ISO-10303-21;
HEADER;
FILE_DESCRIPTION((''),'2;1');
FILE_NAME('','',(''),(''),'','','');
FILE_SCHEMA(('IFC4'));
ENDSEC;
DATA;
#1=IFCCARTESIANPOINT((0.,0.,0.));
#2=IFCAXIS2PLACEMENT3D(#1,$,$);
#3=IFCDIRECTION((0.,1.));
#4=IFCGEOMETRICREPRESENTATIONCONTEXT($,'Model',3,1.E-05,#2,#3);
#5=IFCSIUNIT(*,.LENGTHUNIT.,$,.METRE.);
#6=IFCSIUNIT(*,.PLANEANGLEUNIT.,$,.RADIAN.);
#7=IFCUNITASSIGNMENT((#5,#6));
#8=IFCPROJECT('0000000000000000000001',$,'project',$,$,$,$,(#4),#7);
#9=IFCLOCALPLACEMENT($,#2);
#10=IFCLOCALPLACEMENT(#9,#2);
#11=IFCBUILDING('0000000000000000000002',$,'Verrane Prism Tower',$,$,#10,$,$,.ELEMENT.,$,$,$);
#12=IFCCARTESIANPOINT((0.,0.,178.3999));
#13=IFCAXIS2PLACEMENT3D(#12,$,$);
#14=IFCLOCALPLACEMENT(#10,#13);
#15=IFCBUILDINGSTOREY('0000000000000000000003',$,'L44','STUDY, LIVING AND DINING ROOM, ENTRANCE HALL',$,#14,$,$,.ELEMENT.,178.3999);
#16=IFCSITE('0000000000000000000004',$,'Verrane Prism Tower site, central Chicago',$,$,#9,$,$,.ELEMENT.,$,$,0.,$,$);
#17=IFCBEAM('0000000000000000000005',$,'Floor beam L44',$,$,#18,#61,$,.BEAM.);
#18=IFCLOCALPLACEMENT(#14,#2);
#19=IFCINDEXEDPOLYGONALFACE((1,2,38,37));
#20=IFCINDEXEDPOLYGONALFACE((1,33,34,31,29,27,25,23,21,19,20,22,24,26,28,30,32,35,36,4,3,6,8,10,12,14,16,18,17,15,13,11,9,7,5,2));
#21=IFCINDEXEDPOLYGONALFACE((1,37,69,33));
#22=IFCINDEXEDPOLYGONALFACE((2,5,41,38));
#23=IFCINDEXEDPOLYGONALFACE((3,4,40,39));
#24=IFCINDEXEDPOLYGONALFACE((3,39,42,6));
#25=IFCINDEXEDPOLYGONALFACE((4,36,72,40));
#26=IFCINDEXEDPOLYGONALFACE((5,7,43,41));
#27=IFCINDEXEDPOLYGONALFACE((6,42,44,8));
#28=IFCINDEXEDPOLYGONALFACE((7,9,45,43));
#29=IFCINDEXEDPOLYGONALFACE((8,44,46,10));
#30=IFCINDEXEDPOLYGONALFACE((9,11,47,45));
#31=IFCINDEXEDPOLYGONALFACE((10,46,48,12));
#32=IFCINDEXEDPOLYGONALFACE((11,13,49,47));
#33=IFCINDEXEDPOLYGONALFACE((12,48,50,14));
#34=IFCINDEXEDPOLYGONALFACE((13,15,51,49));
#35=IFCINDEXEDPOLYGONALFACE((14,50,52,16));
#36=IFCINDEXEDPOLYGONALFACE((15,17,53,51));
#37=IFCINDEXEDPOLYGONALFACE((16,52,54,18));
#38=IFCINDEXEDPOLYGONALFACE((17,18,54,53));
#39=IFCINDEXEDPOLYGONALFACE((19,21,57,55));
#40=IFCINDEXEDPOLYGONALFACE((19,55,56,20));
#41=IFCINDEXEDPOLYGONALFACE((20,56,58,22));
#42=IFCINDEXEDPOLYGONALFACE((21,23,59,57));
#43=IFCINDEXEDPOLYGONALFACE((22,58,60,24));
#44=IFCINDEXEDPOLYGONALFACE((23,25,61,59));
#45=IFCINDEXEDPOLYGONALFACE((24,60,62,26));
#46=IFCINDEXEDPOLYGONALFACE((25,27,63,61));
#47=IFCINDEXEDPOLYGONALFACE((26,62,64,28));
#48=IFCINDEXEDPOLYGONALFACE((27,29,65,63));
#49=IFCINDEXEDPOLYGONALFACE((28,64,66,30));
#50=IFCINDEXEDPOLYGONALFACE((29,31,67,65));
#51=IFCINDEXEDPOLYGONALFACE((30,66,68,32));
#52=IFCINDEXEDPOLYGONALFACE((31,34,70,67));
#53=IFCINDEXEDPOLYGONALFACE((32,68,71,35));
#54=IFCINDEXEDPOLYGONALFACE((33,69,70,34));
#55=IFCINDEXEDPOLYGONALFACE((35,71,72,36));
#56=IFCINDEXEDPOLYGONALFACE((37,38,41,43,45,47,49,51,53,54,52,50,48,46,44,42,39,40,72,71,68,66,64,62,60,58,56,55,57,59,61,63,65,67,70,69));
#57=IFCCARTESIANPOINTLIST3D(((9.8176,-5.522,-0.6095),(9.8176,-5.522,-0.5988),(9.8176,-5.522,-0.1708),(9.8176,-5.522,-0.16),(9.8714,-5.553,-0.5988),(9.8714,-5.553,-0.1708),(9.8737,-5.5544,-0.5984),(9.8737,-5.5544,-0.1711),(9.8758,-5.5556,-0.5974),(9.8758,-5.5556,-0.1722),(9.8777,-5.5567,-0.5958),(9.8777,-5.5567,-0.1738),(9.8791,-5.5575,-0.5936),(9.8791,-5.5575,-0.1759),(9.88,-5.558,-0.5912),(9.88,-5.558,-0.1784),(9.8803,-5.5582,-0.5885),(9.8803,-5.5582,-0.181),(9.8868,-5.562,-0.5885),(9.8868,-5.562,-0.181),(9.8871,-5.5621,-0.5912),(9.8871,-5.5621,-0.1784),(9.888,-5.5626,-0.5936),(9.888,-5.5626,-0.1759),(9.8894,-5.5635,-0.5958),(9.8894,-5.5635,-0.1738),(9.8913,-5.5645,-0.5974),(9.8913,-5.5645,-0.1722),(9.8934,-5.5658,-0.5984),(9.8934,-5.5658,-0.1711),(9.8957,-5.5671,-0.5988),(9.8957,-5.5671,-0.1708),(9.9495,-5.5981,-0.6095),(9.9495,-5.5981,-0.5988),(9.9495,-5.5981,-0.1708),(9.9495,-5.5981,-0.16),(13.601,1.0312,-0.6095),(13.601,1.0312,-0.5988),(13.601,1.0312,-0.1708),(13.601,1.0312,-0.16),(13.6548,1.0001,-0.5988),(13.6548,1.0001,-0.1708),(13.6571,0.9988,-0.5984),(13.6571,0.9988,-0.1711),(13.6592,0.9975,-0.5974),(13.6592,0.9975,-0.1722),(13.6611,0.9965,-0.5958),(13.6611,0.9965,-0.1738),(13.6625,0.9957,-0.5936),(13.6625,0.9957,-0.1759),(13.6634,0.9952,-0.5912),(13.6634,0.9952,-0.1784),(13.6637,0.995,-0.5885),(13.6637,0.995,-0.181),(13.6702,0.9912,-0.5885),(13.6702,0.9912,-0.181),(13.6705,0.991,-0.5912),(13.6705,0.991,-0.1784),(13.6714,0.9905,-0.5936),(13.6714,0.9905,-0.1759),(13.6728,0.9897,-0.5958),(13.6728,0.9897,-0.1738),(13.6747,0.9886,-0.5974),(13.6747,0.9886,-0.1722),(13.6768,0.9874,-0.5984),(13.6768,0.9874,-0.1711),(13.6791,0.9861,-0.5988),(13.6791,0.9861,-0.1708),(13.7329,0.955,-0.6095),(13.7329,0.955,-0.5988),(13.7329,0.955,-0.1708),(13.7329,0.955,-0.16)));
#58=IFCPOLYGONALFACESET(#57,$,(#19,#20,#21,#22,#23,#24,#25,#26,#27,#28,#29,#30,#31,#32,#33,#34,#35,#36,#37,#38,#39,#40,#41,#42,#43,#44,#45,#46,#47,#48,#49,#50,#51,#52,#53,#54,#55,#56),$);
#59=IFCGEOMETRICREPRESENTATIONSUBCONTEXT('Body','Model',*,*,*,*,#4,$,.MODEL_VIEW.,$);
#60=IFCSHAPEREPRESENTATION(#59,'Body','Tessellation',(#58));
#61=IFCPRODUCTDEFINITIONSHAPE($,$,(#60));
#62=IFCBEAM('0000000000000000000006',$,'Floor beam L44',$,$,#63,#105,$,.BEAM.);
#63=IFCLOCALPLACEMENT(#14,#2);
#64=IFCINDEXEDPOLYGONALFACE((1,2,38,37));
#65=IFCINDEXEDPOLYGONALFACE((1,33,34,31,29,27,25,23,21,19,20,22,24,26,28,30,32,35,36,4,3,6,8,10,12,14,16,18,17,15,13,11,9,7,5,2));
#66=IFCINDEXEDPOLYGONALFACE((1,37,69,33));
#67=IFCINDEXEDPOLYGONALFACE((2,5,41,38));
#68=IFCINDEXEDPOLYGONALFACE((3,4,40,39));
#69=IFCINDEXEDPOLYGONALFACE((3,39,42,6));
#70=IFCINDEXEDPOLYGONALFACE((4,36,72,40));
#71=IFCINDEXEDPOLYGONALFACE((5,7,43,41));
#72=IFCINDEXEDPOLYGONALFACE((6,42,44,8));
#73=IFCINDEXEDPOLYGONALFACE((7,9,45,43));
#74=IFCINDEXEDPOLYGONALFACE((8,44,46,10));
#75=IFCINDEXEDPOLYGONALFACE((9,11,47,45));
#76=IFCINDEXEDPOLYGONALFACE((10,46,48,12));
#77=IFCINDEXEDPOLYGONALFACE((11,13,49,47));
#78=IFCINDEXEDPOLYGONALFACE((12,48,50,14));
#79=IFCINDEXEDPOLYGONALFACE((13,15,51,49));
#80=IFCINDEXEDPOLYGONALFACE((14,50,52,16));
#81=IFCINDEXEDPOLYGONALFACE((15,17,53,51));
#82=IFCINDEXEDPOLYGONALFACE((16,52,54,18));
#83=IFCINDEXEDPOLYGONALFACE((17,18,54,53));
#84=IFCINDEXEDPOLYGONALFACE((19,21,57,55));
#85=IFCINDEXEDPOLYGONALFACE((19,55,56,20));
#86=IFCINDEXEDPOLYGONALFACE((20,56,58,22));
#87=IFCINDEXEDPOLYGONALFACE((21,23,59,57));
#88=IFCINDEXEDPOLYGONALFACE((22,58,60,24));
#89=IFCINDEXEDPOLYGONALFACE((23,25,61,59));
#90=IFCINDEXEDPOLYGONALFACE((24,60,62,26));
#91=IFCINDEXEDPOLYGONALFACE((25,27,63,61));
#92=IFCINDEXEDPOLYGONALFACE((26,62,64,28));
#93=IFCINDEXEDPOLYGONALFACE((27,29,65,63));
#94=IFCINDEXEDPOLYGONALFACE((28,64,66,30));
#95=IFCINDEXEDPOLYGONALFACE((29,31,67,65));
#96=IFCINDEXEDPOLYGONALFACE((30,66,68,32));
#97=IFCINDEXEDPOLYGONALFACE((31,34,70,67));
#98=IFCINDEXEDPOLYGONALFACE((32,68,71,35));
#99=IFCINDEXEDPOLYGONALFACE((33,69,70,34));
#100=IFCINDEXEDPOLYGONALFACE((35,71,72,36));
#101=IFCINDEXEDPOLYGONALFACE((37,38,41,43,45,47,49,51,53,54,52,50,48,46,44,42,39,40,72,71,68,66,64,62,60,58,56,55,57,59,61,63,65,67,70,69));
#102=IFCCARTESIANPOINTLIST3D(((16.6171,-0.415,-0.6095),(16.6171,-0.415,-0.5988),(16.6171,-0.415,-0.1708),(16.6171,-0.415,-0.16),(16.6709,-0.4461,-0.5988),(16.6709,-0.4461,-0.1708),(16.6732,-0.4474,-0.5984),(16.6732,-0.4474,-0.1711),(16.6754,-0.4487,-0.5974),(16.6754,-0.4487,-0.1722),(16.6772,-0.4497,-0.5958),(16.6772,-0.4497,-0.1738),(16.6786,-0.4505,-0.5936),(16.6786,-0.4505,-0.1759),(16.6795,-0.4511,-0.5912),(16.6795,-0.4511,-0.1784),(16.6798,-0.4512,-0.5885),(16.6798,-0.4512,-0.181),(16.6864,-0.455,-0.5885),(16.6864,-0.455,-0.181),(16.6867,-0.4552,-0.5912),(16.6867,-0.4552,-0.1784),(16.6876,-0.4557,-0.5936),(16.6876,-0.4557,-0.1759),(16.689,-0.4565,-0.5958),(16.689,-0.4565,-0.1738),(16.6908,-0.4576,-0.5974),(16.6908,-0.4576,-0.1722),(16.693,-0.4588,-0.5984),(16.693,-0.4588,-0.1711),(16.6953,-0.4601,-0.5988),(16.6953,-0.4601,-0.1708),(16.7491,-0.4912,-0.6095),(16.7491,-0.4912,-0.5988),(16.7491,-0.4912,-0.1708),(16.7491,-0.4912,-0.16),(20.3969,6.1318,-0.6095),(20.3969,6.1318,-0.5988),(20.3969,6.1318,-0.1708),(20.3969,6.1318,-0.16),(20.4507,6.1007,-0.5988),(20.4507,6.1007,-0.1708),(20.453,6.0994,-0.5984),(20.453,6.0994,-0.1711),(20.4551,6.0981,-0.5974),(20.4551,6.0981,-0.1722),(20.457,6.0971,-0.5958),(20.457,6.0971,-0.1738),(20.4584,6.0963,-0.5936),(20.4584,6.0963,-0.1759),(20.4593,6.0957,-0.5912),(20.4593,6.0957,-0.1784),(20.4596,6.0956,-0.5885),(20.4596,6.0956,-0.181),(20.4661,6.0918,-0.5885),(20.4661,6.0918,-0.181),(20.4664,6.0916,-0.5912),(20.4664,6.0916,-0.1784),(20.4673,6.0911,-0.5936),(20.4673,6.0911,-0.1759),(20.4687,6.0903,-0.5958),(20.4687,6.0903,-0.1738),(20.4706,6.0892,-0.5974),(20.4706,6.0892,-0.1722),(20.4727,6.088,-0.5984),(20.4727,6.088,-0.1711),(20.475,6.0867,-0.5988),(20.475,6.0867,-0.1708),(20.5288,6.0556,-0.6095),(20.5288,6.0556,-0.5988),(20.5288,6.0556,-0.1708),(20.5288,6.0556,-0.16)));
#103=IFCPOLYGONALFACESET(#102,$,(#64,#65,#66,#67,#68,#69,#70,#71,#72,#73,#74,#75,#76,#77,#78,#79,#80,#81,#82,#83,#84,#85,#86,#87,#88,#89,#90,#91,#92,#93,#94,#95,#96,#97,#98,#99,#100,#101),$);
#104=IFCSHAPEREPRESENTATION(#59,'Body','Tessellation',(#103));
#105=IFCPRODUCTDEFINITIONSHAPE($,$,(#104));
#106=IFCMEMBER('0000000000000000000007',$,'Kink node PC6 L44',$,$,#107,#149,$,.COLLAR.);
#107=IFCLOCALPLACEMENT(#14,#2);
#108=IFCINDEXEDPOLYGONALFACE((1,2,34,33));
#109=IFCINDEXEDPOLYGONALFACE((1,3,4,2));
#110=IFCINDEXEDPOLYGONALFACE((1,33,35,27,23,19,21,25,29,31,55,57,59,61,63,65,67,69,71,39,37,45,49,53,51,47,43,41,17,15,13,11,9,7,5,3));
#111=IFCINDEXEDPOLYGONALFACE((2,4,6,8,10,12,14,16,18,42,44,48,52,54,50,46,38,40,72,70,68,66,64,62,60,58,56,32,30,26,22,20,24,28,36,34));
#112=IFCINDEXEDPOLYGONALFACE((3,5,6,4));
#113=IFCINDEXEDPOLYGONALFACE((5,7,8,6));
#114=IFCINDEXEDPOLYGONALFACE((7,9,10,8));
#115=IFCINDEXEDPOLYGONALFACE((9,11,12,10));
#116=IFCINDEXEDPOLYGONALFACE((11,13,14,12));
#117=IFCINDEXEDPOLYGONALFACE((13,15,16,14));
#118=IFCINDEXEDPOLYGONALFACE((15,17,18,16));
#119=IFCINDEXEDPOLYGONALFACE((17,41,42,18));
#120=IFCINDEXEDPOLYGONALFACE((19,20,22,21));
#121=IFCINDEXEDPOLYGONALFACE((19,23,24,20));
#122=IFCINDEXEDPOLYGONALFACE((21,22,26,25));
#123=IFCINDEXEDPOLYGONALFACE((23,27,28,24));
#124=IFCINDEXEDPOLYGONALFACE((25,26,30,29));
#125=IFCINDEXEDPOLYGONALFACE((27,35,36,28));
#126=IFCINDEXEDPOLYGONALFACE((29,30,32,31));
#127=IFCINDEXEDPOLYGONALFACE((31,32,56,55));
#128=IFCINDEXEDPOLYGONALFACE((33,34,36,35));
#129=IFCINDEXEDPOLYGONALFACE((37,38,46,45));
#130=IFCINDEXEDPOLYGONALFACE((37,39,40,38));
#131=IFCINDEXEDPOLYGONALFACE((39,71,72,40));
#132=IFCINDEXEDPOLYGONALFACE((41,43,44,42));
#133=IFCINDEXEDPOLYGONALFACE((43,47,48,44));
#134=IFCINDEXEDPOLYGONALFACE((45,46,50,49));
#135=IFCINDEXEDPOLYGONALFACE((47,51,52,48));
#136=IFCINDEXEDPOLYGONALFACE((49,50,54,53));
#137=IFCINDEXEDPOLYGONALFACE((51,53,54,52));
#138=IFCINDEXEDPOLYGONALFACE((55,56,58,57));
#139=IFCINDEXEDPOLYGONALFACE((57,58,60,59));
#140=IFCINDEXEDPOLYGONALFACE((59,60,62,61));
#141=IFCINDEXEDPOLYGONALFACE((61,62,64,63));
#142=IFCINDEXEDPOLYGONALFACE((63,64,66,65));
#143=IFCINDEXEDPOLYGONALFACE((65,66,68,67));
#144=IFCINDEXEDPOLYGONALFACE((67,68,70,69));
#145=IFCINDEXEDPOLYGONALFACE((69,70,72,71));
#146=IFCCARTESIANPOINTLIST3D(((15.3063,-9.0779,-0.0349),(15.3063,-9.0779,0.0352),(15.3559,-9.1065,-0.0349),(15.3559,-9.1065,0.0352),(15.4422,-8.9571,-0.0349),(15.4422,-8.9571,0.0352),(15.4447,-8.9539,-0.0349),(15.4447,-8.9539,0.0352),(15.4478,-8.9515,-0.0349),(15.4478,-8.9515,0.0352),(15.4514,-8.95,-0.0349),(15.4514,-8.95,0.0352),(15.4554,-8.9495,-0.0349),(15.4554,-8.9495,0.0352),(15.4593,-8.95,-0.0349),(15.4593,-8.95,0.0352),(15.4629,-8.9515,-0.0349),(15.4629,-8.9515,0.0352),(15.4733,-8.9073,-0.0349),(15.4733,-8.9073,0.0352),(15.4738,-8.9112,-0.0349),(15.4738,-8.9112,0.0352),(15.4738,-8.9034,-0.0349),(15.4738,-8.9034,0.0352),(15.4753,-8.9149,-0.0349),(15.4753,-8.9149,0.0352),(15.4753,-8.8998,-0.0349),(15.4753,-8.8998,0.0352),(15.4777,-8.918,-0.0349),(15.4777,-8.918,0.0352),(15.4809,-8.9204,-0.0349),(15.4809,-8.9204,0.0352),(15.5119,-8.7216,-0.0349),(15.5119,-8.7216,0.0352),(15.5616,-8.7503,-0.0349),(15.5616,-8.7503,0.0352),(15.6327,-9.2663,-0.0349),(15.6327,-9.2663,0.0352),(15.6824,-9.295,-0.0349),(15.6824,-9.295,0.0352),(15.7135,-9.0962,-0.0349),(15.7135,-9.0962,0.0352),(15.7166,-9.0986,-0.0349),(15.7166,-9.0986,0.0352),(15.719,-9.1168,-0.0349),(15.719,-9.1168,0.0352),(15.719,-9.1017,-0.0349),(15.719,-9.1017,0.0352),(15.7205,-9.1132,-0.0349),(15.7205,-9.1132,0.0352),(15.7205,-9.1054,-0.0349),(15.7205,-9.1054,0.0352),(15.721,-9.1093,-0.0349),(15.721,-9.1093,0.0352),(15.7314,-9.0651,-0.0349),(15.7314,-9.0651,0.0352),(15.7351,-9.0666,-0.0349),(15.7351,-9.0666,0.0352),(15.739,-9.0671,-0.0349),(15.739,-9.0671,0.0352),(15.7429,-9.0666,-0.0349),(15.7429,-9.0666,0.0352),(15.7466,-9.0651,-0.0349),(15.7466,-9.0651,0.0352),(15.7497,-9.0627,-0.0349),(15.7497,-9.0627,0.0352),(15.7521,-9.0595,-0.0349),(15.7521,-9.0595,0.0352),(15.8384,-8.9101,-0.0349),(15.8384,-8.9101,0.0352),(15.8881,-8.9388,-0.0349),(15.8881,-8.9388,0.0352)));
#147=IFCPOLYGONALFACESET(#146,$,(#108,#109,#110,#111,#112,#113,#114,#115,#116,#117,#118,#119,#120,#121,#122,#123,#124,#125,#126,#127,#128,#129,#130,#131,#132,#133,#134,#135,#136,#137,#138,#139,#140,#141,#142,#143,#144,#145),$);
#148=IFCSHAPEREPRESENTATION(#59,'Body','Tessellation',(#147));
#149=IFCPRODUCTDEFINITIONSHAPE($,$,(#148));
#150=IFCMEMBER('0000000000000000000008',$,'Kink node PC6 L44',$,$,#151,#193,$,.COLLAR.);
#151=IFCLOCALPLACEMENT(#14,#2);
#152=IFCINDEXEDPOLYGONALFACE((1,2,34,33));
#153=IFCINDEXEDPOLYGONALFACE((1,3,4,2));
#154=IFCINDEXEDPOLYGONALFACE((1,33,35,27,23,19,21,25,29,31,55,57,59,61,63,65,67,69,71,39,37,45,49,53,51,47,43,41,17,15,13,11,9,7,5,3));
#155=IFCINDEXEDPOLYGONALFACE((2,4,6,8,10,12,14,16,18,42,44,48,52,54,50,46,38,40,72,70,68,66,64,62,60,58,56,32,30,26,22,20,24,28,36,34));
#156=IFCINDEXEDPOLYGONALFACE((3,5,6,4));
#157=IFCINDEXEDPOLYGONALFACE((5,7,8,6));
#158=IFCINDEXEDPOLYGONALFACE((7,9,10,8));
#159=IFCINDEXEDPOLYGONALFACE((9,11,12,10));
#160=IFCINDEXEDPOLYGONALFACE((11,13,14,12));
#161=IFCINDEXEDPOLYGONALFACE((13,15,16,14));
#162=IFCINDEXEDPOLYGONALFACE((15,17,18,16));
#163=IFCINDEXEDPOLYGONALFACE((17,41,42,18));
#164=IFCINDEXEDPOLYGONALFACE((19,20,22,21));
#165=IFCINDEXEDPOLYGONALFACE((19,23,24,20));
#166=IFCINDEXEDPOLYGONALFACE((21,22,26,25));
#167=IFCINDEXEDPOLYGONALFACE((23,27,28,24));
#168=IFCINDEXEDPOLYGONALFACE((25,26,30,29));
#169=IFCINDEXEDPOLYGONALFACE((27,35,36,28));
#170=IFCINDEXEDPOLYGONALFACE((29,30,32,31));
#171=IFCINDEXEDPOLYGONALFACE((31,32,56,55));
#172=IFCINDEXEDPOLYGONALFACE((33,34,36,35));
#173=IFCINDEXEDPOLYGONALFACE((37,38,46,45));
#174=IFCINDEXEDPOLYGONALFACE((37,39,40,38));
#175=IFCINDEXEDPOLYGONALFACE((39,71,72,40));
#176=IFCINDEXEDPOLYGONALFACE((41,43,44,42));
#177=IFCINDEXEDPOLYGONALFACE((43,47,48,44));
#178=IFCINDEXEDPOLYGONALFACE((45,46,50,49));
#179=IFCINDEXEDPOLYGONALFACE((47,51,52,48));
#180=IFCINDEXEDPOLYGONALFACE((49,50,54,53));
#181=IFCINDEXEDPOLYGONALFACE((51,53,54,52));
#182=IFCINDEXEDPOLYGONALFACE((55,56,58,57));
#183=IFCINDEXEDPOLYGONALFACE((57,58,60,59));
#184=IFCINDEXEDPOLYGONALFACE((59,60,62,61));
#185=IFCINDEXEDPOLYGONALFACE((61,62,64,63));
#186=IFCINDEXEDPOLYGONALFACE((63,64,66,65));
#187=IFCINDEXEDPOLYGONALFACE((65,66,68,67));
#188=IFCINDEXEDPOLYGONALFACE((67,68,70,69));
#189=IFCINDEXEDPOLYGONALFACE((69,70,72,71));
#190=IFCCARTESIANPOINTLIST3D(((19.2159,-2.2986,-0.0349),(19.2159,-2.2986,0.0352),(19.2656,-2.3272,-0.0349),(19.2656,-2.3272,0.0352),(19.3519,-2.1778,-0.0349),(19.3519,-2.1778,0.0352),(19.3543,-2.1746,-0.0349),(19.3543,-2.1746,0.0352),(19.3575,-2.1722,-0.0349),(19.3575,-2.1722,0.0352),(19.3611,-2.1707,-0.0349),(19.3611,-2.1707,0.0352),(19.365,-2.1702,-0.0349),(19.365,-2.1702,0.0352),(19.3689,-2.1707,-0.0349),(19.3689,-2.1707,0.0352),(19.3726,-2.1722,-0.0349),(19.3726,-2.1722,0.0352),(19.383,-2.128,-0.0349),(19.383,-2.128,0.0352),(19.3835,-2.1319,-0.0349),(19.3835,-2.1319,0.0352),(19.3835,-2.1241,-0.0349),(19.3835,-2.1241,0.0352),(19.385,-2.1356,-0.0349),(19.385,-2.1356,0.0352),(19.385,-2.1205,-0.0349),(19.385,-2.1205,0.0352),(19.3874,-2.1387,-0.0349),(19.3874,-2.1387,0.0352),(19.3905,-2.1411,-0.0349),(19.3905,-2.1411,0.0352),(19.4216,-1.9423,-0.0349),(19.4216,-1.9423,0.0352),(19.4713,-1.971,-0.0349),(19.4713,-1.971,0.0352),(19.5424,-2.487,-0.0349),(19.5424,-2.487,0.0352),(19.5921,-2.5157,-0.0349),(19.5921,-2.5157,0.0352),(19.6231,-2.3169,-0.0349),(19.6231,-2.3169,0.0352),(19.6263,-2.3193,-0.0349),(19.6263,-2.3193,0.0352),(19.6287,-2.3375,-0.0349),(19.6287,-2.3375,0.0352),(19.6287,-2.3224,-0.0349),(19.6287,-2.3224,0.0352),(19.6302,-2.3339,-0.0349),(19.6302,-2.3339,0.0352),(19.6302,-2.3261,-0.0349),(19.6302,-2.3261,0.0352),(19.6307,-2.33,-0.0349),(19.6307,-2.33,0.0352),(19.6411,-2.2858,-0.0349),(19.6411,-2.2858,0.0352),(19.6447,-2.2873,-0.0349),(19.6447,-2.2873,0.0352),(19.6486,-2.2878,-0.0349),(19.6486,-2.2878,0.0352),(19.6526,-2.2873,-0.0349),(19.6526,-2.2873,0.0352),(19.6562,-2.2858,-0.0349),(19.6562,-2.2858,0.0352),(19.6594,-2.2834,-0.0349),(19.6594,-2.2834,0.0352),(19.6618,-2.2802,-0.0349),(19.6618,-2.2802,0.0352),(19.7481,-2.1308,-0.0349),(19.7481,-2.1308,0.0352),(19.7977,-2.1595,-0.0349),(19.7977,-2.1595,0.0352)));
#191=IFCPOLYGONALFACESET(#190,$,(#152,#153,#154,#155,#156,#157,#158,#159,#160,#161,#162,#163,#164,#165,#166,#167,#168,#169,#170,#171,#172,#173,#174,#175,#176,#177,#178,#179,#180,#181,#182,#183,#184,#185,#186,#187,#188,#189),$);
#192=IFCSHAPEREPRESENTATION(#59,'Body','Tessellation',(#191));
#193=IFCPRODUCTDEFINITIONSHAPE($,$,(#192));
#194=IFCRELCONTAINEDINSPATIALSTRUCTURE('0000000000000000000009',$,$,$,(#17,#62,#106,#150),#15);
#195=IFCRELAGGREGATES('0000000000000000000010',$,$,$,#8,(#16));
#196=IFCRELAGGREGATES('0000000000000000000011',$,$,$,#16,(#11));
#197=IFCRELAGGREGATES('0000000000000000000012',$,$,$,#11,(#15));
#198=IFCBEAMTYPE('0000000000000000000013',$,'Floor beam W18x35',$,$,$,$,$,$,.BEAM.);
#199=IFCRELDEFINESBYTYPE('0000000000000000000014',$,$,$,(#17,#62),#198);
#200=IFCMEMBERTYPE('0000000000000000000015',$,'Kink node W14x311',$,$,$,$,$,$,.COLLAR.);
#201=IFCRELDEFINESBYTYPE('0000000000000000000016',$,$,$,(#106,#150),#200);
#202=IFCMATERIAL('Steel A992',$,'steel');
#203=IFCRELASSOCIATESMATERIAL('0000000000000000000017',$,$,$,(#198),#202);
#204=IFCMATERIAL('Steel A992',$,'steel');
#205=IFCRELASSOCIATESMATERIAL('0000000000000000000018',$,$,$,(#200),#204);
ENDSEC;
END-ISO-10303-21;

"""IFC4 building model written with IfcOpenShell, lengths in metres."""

from ifc_helpers import new_model, si_unit, direction, frame, origin, origin_2d, place, context, subcontext, project, spatial, i_section, extrude, material, material_profile, profile_set, type_object, element, save


model = new_model("IFC4")

# Units and contexts
model_context = context("Model", 3, precision=1e-05, world=origin(), true_north=direction((0.0, 1.0)))
body_context = subcontext(model_context, "Body", "Model", "MODEL_VIEW")
ifc_project = project(units=[si_unit("LENGTHUNIT", "METRE"), si_unit("PLANEANGLEUNIT", "RADIAN")], contexts=[model_context])

# Site, building, storey
site_placement = place(None, origin())
site = spatial("IfcSite", under=ifc_project, at=site_placement, Name="Verrane Prism Tower site, central Chicago", CompositionType="ELEMENT", RefElevation=0.0)
building_placement = place(site_placement, origin())
building = spatial("IfcBuilding", under=site, at=building_placement, Name="Verrane Prism Tower", CompositionType="ELEMENT")
storey_placement = place(building_placement, frame((0.0, 0.0, 178.3999)))
storey = spatial("IfcBuildingStorey", under=building, at=storey_placement, Name="L44", Description="STUDY, LIVING AND DINING ROOM, ENTRANCE HALL", CompositionType="ELEMENT", Elevation=178.3999)

# Beams
ifc_material_1 = material(Name="Steel A992", Category="steel")
ifc_material_profile_1 = material_profile(ifc_material_1, i_section(OverallWidth=0.1523, OverallDepth=0.4495, WebThickness=0.0076, FlangeThickness=0.0107, FilletRadius=0.0103, at=origin_2d()), Name="W18x35")
ifc_profile_set_1 = profile_set([ifc_material_profile_1], Name="Steel A992")
beam_type_1 = type_object("IfcBeamType", Name="Floor beam W18x35", PredefinedType="BEAM", material=ifc_profile_set_1)
beam_1_placement = place(storey_placement, frame((9.8835, -5.5601, -0.3848), z_axis=(0.499994, 0.866029, 0.0), x_axis=(-0.866029, 0.499994, 0.0)))
element("IfcBeam", 1, at=beam_1_placement, inside=storey, type_object=beam_type_1, Name="Floor beam L44", PredefinedType="BEAM", context=body_context, shape_type="SweptSolid", body=[
    extrude(i_section(OverallWidth=0.1523, OverallDepth=0.4495, WebThickness=0.0076, FlangeThickness=0.0107, FilletRadius=0.0103, at=origin_2d()), origin(), (0.0, 0.0, 1.0), 7.5669),
])
beam_2_placement = place(storey_placement, frame((16.6831, -0.4531, -0.3848), z_axis=(0.499995, 0.866029, 0.0), x_axis=(-0.866029, 0.499995, 0.0)))
element("IfcBeam", 2, at=beam_2_placement, inside=storey, type_object=beam_type_1, Name="Floor beam L44", PredefinedType="BEAM", context=body_context, shape_type="SweptSolid", body=[
    extrude(i_section(OverallWidth=0.1523, OverallDepth=0.4495, WebThickness=0.0076, FlangeThickness=0.0107, FilletRadius=0.0103, at=origin_2d()), origin(), (0.0, 0.0, 1.0), 7.5596),
])

# Members
ifc_material_2 = material(Name="Steel A992", Category="steel")
ifc_material_profile_2 = material_profile(ifc_material_2, i_section(OverallWidth=0.4114, OverallDepth=0.4343, WebThickness=0.0359, FlangeThickness=0.0574, FilletRadius=0.0151, at=origin_2d()), Name="W14x311")
ifc_profile_set_2 = profile_set([ifc_material_profile_2], Name="Steel A992")
member_type_1 = type_object("IfcMemberType", Name="Kink node W14x311", PredefinedType="COLLAR", material=ifc_profile_set_2)
for number, where, z_axis, x_axis, name in (
    (3, (15.5972, -9.0083, -0.0349), (0.0, 0.0, 1.0), (-0.5, -0.866025, 0.0), "Kink node PC6 L44"),
    (4, (19.5068, -2.229, -0.0349), (0.0, 0.0, 1.0), (-0.5, -0.866025, 0.0), "Kink node PC6 L44"),
):
    element("IfcMember", number, at=place(storey_placement, frame(where, z_axis=z_axis, x_axis=x_axis)), inside=storey, type_object=member_type_1, Name=name, PredefinedType="COLLAR", context=body_context, shape_type="SweptSolid", body=[
        extrude(i_section(OverallWidth=0.4114, OverallDepth=0.4343, WebThickness=0.0359, FlangeThickness=0.0574, FilletRadius=0.0151, at=origin_2d()), origin(), (0.0, 0.0, 1.0), 0.0701),
    ])

save(model, "model.ifc")
